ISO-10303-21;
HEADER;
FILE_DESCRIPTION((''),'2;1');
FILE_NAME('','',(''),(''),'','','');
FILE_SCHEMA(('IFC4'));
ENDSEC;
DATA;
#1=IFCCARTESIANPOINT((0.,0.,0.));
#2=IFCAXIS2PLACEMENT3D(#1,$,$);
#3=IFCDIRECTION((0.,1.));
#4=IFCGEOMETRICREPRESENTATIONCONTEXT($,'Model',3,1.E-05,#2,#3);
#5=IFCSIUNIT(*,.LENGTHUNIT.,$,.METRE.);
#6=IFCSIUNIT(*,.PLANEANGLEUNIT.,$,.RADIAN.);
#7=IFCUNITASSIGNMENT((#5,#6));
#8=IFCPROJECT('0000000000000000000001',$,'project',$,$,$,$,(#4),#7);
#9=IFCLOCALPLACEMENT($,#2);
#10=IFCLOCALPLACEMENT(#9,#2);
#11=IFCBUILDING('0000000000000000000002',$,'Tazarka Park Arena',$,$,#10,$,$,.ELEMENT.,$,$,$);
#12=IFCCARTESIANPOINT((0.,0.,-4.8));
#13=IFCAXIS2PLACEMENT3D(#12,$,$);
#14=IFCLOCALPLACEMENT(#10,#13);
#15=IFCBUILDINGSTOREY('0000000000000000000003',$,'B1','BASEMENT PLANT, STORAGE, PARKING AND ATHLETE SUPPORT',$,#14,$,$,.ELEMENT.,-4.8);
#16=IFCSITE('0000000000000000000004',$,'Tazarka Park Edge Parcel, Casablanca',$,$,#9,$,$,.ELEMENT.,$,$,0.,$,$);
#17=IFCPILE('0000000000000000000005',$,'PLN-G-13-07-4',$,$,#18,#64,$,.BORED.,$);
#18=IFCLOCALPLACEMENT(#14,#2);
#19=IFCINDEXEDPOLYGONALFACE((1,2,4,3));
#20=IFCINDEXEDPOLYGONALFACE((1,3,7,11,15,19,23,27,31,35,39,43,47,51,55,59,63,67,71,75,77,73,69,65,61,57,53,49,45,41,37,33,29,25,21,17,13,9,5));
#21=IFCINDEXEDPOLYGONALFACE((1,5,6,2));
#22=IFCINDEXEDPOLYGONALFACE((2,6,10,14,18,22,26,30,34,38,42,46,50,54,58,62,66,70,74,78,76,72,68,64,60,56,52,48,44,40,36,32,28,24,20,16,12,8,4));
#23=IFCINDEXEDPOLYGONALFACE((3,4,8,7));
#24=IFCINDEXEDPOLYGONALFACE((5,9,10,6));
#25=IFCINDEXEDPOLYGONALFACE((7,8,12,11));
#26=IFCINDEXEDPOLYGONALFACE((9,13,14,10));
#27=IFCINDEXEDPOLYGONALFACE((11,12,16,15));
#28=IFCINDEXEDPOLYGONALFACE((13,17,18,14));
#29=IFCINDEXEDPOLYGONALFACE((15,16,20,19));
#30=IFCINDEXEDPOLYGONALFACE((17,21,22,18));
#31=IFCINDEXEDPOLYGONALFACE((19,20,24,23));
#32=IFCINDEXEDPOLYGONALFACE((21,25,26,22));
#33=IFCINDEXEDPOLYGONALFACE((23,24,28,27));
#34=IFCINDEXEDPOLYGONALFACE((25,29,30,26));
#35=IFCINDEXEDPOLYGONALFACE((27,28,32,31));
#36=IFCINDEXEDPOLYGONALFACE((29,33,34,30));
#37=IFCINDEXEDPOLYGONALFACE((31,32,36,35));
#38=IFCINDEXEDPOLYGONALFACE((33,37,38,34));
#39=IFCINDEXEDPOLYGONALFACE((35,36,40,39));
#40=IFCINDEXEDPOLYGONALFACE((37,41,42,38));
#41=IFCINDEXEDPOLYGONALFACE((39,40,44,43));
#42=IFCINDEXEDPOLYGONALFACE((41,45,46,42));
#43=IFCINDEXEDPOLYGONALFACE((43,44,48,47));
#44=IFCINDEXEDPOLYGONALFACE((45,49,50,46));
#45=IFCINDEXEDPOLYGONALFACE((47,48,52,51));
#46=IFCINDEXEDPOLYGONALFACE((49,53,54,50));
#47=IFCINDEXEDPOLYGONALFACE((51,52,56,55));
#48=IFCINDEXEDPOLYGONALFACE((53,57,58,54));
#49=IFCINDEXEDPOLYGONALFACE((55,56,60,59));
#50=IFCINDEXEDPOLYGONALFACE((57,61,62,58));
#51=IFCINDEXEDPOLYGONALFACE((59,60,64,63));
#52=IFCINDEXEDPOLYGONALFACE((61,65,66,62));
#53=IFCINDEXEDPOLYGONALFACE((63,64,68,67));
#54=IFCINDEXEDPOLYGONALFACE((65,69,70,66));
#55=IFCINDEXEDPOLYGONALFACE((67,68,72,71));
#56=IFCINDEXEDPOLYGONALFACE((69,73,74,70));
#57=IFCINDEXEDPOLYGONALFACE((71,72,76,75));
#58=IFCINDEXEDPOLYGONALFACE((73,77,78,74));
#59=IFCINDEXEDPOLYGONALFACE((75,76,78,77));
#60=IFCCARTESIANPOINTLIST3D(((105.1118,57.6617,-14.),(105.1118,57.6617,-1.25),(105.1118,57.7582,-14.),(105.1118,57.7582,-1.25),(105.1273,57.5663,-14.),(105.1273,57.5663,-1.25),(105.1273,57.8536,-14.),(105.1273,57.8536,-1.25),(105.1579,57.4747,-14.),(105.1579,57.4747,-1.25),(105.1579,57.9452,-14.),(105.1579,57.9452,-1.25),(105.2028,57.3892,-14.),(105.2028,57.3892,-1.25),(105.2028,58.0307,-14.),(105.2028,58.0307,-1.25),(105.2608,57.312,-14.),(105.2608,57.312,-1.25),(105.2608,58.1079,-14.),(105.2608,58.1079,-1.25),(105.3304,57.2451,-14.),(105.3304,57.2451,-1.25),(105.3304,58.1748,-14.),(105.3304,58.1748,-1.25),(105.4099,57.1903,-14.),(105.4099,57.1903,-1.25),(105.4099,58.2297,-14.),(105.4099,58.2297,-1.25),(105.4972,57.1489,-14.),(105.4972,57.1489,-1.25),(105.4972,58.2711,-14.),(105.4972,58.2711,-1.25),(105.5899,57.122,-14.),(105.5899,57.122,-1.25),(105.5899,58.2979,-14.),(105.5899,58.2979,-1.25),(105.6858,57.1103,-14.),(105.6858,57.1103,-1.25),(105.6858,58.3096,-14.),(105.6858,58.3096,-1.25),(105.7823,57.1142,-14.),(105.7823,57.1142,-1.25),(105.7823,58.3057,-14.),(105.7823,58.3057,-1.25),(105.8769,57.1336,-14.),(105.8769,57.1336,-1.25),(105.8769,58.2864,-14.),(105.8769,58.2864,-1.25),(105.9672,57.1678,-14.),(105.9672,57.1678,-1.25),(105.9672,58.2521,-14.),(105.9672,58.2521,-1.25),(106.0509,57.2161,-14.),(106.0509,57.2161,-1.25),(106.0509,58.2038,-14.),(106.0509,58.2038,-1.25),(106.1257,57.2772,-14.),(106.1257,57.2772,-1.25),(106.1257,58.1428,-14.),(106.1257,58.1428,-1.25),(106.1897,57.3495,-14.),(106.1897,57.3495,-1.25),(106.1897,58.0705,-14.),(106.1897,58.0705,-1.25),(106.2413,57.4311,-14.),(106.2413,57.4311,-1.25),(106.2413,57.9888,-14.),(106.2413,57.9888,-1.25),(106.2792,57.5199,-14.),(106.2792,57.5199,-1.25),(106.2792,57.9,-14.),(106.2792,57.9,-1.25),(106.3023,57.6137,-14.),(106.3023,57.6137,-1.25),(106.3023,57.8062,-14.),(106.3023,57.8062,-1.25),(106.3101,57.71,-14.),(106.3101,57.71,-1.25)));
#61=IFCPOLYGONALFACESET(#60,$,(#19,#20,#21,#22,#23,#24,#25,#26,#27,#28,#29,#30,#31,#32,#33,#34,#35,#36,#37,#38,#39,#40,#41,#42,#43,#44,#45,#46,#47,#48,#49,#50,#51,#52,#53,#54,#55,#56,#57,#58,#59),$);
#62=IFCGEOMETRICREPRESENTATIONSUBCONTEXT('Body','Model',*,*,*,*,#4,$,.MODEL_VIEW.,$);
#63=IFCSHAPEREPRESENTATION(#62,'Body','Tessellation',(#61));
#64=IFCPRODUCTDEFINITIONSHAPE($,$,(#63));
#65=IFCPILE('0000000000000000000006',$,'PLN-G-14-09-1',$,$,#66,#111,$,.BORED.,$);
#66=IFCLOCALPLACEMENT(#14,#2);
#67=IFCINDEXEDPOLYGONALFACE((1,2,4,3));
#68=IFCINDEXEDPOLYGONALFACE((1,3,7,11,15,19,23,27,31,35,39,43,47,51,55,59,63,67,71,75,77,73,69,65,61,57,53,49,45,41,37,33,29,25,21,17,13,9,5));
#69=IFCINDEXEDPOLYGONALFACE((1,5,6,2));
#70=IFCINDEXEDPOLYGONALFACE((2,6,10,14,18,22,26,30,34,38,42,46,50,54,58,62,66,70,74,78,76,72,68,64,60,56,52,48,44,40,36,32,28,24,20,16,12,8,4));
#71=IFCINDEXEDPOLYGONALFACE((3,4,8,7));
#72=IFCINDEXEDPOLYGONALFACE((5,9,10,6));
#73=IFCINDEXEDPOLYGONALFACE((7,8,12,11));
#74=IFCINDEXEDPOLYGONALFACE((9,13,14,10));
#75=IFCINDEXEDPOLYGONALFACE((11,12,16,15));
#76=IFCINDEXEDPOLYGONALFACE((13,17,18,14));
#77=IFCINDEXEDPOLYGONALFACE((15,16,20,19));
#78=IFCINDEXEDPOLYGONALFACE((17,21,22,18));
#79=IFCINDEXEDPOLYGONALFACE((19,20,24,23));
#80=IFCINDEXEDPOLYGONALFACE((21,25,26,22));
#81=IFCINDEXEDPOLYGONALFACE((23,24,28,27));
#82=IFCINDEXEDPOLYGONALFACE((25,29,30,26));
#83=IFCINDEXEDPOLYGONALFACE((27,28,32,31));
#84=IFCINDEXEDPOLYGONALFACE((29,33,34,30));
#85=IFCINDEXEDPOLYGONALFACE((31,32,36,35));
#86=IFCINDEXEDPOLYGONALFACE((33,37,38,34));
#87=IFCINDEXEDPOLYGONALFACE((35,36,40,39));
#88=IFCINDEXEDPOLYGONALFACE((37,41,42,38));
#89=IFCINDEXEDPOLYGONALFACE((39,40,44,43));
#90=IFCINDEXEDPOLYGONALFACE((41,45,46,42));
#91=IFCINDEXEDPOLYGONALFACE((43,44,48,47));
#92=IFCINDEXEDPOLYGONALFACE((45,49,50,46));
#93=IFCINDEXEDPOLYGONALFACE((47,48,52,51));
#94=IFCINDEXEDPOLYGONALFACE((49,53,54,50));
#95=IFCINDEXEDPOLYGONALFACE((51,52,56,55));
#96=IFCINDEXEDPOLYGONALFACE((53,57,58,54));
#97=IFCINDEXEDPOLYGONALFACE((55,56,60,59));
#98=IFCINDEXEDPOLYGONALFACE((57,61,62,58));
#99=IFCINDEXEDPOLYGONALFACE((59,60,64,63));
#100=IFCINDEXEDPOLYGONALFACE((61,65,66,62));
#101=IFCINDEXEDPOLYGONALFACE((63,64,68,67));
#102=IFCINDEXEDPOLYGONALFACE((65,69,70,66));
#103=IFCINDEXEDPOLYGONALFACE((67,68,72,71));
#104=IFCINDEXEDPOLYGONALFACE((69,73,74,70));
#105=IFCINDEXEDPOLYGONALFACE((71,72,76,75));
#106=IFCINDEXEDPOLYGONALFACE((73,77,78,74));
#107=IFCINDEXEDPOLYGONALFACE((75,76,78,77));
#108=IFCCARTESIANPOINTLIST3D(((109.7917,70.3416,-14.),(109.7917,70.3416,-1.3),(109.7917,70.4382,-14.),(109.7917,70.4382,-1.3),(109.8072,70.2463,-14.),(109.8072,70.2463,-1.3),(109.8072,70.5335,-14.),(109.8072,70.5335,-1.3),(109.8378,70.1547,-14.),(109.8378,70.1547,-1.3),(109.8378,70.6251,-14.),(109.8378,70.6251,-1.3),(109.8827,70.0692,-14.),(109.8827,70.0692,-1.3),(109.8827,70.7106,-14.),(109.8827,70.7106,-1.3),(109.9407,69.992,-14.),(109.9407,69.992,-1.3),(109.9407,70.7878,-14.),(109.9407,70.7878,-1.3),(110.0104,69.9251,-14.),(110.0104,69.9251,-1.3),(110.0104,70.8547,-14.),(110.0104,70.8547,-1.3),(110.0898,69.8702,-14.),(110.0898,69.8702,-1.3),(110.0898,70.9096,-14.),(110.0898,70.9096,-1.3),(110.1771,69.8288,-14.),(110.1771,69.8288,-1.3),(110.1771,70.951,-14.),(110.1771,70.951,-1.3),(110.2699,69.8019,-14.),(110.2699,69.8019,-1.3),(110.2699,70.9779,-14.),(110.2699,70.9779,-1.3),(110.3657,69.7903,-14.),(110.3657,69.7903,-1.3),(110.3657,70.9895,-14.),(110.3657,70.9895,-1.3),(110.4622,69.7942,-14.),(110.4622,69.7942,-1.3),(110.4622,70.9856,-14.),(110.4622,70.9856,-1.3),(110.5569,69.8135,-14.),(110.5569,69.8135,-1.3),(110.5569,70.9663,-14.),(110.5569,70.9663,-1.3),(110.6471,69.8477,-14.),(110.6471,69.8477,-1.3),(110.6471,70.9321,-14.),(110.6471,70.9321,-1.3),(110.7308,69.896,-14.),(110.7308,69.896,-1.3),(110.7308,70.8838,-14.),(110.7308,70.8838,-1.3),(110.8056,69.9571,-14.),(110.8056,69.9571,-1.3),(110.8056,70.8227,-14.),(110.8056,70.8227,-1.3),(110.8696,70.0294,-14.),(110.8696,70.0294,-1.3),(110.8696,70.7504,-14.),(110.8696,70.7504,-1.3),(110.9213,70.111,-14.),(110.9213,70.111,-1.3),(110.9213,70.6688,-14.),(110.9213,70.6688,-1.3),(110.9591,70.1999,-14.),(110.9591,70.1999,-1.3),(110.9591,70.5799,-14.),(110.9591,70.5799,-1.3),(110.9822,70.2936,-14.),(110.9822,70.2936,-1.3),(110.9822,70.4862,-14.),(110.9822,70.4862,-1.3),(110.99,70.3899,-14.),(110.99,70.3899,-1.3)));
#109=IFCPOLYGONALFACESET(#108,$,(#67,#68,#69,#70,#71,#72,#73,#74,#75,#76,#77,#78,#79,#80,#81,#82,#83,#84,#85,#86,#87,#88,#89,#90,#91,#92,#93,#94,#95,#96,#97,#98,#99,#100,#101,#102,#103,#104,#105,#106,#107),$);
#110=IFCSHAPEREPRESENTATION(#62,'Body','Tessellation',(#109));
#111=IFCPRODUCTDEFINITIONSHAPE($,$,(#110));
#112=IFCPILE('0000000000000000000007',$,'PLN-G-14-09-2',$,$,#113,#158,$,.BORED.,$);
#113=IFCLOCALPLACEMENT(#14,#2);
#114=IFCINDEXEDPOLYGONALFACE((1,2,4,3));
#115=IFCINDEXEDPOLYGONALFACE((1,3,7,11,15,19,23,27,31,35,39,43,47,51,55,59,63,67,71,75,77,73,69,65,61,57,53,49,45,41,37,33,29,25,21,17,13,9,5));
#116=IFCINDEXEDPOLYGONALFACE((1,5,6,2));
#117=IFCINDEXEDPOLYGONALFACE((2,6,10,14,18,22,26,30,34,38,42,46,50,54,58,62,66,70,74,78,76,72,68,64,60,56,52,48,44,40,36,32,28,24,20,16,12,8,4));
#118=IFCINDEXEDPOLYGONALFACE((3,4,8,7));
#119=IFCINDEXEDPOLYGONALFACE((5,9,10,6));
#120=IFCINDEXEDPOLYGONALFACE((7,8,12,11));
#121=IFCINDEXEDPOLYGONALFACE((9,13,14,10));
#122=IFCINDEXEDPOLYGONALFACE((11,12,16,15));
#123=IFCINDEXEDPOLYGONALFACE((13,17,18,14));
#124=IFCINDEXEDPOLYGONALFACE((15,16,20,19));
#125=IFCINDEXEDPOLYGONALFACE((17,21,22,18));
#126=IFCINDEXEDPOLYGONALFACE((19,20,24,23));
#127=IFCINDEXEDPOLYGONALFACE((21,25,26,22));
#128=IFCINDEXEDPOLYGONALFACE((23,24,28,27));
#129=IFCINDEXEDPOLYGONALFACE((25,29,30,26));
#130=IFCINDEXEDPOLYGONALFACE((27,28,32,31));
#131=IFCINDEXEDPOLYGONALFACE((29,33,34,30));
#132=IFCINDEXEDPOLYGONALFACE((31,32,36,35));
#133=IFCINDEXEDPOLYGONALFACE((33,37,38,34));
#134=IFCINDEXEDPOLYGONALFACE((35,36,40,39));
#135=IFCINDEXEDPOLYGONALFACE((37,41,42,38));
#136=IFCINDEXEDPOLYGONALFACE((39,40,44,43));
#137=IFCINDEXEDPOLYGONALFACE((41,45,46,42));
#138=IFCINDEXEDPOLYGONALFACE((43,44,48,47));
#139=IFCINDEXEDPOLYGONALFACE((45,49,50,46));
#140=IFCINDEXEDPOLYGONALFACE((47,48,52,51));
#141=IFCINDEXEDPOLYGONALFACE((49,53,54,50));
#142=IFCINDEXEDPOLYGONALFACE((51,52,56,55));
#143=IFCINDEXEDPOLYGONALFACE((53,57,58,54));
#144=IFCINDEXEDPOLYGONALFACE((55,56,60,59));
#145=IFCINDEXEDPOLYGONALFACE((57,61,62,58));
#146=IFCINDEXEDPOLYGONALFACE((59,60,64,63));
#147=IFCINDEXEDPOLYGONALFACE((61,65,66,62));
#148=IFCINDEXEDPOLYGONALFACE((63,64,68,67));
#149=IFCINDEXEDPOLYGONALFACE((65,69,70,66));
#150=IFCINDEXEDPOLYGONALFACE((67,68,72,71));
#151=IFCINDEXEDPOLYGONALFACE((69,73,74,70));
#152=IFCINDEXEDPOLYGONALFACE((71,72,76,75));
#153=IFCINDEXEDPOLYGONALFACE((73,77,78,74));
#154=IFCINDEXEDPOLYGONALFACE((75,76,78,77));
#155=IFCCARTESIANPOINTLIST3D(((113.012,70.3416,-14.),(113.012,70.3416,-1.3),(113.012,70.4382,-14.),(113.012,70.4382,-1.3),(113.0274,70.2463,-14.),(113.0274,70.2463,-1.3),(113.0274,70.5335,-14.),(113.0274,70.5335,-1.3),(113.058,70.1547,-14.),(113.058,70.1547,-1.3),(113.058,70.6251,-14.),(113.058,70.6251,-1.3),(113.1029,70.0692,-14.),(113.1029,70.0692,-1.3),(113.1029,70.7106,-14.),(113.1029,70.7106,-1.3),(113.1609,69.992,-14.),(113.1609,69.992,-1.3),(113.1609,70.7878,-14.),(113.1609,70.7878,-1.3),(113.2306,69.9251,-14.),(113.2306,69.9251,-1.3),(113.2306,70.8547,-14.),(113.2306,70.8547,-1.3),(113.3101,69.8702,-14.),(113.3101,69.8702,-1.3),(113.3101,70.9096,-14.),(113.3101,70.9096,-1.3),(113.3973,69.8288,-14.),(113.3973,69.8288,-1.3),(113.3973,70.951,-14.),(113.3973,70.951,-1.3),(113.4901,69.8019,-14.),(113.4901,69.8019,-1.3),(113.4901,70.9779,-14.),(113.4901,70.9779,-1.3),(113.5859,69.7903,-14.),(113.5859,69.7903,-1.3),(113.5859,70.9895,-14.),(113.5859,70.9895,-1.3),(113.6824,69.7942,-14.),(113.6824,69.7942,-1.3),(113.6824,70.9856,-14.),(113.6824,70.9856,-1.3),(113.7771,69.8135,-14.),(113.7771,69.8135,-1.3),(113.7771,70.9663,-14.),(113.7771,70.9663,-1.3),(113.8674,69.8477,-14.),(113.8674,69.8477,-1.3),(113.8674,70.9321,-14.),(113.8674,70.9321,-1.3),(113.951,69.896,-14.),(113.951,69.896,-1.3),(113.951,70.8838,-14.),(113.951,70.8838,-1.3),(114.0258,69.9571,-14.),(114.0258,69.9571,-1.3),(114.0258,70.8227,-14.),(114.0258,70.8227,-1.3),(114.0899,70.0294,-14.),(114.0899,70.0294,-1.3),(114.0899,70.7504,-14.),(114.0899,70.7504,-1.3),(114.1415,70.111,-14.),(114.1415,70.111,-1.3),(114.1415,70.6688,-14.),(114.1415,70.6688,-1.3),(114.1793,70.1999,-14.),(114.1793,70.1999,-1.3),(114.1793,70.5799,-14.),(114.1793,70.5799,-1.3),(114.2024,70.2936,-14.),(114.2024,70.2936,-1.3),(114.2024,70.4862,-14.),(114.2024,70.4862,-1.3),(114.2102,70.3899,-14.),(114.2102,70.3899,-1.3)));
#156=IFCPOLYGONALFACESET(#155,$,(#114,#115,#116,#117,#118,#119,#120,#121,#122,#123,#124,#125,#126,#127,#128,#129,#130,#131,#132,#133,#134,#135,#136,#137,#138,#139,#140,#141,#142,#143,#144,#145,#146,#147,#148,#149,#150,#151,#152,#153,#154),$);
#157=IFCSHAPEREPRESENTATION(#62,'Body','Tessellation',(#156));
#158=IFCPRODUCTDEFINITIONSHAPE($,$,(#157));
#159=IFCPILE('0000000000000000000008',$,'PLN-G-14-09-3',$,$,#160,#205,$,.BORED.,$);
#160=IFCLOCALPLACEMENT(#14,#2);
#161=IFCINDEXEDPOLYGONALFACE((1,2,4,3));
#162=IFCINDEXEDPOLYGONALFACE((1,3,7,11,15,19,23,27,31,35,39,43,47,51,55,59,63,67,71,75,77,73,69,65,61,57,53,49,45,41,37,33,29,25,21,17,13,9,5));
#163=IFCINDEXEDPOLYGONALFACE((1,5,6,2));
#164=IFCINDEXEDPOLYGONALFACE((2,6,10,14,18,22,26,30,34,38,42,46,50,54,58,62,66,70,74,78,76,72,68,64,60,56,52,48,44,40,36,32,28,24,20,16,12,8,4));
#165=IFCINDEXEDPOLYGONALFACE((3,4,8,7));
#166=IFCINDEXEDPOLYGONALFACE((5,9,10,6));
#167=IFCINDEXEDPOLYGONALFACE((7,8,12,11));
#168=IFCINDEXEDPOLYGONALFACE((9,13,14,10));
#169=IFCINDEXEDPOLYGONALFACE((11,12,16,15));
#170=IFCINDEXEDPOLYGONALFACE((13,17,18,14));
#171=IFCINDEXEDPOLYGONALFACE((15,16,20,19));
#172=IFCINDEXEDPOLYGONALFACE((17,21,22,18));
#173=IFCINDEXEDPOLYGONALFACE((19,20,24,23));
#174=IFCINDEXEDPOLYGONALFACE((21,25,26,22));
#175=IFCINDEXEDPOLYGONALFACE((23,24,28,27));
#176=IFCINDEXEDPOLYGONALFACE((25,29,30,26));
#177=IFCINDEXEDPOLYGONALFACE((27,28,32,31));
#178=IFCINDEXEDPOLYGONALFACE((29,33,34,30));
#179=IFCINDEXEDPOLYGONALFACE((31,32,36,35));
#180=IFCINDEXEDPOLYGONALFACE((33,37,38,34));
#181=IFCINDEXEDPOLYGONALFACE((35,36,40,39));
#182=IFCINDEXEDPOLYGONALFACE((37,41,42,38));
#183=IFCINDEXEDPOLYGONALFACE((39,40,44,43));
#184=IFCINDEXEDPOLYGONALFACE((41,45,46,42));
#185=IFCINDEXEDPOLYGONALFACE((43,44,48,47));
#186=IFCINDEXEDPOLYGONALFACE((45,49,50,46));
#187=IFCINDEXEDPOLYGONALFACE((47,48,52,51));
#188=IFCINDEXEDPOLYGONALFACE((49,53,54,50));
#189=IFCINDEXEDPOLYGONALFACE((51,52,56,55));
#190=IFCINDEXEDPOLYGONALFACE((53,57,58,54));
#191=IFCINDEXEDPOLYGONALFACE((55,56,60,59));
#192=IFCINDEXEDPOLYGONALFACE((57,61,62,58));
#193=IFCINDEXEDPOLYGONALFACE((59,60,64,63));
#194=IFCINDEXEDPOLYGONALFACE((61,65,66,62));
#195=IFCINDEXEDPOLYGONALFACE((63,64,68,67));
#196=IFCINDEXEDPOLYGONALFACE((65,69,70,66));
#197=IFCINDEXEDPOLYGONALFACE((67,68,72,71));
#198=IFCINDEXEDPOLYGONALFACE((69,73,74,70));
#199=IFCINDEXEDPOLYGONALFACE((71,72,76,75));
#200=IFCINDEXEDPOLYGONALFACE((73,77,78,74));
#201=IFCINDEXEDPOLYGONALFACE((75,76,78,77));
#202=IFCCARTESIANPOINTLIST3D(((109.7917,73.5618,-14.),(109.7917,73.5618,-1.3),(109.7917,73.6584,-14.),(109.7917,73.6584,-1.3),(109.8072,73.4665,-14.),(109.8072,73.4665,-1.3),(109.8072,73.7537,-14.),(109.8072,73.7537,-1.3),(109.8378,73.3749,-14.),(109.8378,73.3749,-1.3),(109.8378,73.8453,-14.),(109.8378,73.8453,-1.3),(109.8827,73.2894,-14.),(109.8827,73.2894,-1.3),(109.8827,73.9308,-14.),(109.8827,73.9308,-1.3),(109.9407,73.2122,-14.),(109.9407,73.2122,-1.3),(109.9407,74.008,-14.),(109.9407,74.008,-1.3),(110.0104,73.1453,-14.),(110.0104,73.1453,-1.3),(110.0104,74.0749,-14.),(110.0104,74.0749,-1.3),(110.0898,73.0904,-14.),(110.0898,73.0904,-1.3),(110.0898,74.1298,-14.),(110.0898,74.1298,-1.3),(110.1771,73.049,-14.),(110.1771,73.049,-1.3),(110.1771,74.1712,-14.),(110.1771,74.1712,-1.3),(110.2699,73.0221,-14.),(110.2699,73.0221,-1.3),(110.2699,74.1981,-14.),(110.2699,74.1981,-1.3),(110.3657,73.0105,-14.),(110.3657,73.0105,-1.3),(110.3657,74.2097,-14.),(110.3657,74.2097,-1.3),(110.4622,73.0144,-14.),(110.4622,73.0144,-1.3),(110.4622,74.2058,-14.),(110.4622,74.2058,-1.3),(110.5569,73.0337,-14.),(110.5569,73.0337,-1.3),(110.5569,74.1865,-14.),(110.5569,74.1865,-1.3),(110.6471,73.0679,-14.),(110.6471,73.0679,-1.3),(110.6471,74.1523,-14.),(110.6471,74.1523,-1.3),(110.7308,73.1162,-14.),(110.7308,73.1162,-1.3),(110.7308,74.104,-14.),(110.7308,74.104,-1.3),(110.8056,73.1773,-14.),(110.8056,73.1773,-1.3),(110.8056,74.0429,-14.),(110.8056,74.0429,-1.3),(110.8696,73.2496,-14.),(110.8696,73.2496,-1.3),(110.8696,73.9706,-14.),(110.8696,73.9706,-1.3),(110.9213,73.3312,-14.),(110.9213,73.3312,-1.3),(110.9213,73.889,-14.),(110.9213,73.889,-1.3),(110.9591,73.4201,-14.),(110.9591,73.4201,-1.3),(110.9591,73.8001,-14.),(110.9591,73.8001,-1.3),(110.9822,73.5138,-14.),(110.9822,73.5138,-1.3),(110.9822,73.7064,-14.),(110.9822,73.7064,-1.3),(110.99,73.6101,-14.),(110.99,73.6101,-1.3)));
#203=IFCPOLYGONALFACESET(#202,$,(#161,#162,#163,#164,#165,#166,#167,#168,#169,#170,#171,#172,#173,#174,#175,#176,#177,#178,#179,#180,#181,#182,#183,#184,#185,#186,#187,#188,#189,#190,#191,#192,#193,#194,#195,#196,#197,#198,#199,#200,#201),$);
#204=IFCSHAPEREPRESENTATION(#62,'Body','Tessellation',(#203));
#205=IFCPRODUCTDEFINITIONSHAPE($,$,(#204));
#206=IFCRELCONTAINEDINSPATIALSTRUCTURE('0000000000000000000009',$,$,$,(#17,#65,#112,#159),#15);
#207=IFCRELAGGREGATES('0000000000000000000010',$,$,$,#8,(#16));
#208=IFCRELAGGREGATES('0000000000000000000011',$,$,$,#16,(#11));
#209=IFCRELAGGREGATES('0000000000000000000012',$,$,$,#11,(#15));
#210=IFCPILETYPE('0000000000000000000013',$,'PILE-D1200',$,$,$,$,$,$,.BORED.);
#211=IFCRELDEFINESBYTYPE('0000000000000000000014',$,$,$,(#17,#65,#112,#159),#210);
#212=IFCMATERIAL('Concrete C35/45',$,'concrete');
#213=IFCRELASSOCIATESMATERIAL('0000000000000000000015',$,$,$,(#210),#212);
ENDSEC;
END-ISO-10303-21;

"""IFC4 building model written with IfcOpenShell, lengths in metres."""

from ifc_helpers import new_model, si_unit, direction, frame, origin, origin_2d, place, context, subcontext, project, spatial, circle, extrude, material, material_profile, profile_set, type_object, element, save


model = new_model("IFC4")

# Units and contexts
model_context = context("Model", 3, precision=1e-05, world=origin(), true_north=direction((0.0, 1.0)))
body_context = subcontext(model_context, "Body", "Model", "MODEL_VIEW")
ifc_project = project(units=[si_unit("LENGTHUNIT", "METRE"), si_unit("PLANEANGLEUNIT", "RADIAN")], contexts=[model_context])

# Site, building, storey
site_placement = place(None, origin())
site = spatial("IfcSite", under=ifc_project, at=site_placement, Name="Tazarka Park Edge Parcel, Casablanca", CompositionType="ELEMENT", RefElevation=0.0)
building_placement = place(site_placement, origin())
building = spatial("IfcBuilding", under=site, at=building_placement, Name="Tazarka Park Arena", CompositionType="ELEMENT")
storey_placement = place(building_placement, frame((0.0, 0.0, -4.8)))
storey = spatial("IfcBuildingStorey", under=building, at=storey_placement, Name="B1", Description="BASEMENT PLANT, STORAGE, PARKING AND ATHLETE SUPPORT", CompositionType="ELEMENT", Elevation=-4.8)

# Piles
ifc_material_1 = material(Name="Concrete C35/45", Category="concrete")
ifc_material_profile_1 = material_profile(ifc_material_1, circle(Radius=0.6001, at=origin_2d()), Name="Concrete C35/45")
ifc_profile_set_1 = profile_set([ifc_material_profile_1], Name="Concrete C35/45")
pile_type_1 = type_object("IfcPileType", Name="PILE-D1200", PredefinedType="BORED", material=ifc_profile_set_1)
pile_1_placement = place(storey_placement, frame((105.71, 57.71, -1.25), z_axis=(0.0, 0.0, -1.0), x_axis=(1.0, 0.0, 0.0)))
element("IfcPile", 1, at=pile_1_placement, inside=storey, type_object=pile_type_1, Name="PLN-G-13-07-4", PredefinedType="BORED", context=body_context, shape_type="SweptSolid", body=[
    extrude(circle(Radius=0.6001, at=origin_2d()), origin(), (0.0, 0.0, 1.0), 12.75),
])
for number, where, z_axis, x_axis, name in (
    (2, (110.3899, 70.3899, -1.3), (0.0, 0.0, -1.0), (1.0, 0.0, 0.0), "PLN-G-14-09-1"),
    (3, (113.6101, 70.3899, -1.3), (0.0, 0.0, -1.0), (1.0, 0.0, 0.0), "PLN-G-14-09-2"),
    (4, (110.3899, 73.6101, -1.3), (0.0, 0.0, -1.0), (1.0, 0.0, 0.0), "PLN-G-14-09-3"),
):
    element("IfcPile", number, at=place(storey_placement, frame(where, z_axis=z_axis, x_axis=x_axis)), inside=storey, type_object=pile_type_1, Name=name, PredefinedType="BORED", context=body_context, shape_type="SweptSolid", body=[
        extrude(circle(Radius=0.6001, at=origin_2d()), origin(), (0.0, 0.0, 1.0), 12.7),
    ])

save(model, "model.ifc")
